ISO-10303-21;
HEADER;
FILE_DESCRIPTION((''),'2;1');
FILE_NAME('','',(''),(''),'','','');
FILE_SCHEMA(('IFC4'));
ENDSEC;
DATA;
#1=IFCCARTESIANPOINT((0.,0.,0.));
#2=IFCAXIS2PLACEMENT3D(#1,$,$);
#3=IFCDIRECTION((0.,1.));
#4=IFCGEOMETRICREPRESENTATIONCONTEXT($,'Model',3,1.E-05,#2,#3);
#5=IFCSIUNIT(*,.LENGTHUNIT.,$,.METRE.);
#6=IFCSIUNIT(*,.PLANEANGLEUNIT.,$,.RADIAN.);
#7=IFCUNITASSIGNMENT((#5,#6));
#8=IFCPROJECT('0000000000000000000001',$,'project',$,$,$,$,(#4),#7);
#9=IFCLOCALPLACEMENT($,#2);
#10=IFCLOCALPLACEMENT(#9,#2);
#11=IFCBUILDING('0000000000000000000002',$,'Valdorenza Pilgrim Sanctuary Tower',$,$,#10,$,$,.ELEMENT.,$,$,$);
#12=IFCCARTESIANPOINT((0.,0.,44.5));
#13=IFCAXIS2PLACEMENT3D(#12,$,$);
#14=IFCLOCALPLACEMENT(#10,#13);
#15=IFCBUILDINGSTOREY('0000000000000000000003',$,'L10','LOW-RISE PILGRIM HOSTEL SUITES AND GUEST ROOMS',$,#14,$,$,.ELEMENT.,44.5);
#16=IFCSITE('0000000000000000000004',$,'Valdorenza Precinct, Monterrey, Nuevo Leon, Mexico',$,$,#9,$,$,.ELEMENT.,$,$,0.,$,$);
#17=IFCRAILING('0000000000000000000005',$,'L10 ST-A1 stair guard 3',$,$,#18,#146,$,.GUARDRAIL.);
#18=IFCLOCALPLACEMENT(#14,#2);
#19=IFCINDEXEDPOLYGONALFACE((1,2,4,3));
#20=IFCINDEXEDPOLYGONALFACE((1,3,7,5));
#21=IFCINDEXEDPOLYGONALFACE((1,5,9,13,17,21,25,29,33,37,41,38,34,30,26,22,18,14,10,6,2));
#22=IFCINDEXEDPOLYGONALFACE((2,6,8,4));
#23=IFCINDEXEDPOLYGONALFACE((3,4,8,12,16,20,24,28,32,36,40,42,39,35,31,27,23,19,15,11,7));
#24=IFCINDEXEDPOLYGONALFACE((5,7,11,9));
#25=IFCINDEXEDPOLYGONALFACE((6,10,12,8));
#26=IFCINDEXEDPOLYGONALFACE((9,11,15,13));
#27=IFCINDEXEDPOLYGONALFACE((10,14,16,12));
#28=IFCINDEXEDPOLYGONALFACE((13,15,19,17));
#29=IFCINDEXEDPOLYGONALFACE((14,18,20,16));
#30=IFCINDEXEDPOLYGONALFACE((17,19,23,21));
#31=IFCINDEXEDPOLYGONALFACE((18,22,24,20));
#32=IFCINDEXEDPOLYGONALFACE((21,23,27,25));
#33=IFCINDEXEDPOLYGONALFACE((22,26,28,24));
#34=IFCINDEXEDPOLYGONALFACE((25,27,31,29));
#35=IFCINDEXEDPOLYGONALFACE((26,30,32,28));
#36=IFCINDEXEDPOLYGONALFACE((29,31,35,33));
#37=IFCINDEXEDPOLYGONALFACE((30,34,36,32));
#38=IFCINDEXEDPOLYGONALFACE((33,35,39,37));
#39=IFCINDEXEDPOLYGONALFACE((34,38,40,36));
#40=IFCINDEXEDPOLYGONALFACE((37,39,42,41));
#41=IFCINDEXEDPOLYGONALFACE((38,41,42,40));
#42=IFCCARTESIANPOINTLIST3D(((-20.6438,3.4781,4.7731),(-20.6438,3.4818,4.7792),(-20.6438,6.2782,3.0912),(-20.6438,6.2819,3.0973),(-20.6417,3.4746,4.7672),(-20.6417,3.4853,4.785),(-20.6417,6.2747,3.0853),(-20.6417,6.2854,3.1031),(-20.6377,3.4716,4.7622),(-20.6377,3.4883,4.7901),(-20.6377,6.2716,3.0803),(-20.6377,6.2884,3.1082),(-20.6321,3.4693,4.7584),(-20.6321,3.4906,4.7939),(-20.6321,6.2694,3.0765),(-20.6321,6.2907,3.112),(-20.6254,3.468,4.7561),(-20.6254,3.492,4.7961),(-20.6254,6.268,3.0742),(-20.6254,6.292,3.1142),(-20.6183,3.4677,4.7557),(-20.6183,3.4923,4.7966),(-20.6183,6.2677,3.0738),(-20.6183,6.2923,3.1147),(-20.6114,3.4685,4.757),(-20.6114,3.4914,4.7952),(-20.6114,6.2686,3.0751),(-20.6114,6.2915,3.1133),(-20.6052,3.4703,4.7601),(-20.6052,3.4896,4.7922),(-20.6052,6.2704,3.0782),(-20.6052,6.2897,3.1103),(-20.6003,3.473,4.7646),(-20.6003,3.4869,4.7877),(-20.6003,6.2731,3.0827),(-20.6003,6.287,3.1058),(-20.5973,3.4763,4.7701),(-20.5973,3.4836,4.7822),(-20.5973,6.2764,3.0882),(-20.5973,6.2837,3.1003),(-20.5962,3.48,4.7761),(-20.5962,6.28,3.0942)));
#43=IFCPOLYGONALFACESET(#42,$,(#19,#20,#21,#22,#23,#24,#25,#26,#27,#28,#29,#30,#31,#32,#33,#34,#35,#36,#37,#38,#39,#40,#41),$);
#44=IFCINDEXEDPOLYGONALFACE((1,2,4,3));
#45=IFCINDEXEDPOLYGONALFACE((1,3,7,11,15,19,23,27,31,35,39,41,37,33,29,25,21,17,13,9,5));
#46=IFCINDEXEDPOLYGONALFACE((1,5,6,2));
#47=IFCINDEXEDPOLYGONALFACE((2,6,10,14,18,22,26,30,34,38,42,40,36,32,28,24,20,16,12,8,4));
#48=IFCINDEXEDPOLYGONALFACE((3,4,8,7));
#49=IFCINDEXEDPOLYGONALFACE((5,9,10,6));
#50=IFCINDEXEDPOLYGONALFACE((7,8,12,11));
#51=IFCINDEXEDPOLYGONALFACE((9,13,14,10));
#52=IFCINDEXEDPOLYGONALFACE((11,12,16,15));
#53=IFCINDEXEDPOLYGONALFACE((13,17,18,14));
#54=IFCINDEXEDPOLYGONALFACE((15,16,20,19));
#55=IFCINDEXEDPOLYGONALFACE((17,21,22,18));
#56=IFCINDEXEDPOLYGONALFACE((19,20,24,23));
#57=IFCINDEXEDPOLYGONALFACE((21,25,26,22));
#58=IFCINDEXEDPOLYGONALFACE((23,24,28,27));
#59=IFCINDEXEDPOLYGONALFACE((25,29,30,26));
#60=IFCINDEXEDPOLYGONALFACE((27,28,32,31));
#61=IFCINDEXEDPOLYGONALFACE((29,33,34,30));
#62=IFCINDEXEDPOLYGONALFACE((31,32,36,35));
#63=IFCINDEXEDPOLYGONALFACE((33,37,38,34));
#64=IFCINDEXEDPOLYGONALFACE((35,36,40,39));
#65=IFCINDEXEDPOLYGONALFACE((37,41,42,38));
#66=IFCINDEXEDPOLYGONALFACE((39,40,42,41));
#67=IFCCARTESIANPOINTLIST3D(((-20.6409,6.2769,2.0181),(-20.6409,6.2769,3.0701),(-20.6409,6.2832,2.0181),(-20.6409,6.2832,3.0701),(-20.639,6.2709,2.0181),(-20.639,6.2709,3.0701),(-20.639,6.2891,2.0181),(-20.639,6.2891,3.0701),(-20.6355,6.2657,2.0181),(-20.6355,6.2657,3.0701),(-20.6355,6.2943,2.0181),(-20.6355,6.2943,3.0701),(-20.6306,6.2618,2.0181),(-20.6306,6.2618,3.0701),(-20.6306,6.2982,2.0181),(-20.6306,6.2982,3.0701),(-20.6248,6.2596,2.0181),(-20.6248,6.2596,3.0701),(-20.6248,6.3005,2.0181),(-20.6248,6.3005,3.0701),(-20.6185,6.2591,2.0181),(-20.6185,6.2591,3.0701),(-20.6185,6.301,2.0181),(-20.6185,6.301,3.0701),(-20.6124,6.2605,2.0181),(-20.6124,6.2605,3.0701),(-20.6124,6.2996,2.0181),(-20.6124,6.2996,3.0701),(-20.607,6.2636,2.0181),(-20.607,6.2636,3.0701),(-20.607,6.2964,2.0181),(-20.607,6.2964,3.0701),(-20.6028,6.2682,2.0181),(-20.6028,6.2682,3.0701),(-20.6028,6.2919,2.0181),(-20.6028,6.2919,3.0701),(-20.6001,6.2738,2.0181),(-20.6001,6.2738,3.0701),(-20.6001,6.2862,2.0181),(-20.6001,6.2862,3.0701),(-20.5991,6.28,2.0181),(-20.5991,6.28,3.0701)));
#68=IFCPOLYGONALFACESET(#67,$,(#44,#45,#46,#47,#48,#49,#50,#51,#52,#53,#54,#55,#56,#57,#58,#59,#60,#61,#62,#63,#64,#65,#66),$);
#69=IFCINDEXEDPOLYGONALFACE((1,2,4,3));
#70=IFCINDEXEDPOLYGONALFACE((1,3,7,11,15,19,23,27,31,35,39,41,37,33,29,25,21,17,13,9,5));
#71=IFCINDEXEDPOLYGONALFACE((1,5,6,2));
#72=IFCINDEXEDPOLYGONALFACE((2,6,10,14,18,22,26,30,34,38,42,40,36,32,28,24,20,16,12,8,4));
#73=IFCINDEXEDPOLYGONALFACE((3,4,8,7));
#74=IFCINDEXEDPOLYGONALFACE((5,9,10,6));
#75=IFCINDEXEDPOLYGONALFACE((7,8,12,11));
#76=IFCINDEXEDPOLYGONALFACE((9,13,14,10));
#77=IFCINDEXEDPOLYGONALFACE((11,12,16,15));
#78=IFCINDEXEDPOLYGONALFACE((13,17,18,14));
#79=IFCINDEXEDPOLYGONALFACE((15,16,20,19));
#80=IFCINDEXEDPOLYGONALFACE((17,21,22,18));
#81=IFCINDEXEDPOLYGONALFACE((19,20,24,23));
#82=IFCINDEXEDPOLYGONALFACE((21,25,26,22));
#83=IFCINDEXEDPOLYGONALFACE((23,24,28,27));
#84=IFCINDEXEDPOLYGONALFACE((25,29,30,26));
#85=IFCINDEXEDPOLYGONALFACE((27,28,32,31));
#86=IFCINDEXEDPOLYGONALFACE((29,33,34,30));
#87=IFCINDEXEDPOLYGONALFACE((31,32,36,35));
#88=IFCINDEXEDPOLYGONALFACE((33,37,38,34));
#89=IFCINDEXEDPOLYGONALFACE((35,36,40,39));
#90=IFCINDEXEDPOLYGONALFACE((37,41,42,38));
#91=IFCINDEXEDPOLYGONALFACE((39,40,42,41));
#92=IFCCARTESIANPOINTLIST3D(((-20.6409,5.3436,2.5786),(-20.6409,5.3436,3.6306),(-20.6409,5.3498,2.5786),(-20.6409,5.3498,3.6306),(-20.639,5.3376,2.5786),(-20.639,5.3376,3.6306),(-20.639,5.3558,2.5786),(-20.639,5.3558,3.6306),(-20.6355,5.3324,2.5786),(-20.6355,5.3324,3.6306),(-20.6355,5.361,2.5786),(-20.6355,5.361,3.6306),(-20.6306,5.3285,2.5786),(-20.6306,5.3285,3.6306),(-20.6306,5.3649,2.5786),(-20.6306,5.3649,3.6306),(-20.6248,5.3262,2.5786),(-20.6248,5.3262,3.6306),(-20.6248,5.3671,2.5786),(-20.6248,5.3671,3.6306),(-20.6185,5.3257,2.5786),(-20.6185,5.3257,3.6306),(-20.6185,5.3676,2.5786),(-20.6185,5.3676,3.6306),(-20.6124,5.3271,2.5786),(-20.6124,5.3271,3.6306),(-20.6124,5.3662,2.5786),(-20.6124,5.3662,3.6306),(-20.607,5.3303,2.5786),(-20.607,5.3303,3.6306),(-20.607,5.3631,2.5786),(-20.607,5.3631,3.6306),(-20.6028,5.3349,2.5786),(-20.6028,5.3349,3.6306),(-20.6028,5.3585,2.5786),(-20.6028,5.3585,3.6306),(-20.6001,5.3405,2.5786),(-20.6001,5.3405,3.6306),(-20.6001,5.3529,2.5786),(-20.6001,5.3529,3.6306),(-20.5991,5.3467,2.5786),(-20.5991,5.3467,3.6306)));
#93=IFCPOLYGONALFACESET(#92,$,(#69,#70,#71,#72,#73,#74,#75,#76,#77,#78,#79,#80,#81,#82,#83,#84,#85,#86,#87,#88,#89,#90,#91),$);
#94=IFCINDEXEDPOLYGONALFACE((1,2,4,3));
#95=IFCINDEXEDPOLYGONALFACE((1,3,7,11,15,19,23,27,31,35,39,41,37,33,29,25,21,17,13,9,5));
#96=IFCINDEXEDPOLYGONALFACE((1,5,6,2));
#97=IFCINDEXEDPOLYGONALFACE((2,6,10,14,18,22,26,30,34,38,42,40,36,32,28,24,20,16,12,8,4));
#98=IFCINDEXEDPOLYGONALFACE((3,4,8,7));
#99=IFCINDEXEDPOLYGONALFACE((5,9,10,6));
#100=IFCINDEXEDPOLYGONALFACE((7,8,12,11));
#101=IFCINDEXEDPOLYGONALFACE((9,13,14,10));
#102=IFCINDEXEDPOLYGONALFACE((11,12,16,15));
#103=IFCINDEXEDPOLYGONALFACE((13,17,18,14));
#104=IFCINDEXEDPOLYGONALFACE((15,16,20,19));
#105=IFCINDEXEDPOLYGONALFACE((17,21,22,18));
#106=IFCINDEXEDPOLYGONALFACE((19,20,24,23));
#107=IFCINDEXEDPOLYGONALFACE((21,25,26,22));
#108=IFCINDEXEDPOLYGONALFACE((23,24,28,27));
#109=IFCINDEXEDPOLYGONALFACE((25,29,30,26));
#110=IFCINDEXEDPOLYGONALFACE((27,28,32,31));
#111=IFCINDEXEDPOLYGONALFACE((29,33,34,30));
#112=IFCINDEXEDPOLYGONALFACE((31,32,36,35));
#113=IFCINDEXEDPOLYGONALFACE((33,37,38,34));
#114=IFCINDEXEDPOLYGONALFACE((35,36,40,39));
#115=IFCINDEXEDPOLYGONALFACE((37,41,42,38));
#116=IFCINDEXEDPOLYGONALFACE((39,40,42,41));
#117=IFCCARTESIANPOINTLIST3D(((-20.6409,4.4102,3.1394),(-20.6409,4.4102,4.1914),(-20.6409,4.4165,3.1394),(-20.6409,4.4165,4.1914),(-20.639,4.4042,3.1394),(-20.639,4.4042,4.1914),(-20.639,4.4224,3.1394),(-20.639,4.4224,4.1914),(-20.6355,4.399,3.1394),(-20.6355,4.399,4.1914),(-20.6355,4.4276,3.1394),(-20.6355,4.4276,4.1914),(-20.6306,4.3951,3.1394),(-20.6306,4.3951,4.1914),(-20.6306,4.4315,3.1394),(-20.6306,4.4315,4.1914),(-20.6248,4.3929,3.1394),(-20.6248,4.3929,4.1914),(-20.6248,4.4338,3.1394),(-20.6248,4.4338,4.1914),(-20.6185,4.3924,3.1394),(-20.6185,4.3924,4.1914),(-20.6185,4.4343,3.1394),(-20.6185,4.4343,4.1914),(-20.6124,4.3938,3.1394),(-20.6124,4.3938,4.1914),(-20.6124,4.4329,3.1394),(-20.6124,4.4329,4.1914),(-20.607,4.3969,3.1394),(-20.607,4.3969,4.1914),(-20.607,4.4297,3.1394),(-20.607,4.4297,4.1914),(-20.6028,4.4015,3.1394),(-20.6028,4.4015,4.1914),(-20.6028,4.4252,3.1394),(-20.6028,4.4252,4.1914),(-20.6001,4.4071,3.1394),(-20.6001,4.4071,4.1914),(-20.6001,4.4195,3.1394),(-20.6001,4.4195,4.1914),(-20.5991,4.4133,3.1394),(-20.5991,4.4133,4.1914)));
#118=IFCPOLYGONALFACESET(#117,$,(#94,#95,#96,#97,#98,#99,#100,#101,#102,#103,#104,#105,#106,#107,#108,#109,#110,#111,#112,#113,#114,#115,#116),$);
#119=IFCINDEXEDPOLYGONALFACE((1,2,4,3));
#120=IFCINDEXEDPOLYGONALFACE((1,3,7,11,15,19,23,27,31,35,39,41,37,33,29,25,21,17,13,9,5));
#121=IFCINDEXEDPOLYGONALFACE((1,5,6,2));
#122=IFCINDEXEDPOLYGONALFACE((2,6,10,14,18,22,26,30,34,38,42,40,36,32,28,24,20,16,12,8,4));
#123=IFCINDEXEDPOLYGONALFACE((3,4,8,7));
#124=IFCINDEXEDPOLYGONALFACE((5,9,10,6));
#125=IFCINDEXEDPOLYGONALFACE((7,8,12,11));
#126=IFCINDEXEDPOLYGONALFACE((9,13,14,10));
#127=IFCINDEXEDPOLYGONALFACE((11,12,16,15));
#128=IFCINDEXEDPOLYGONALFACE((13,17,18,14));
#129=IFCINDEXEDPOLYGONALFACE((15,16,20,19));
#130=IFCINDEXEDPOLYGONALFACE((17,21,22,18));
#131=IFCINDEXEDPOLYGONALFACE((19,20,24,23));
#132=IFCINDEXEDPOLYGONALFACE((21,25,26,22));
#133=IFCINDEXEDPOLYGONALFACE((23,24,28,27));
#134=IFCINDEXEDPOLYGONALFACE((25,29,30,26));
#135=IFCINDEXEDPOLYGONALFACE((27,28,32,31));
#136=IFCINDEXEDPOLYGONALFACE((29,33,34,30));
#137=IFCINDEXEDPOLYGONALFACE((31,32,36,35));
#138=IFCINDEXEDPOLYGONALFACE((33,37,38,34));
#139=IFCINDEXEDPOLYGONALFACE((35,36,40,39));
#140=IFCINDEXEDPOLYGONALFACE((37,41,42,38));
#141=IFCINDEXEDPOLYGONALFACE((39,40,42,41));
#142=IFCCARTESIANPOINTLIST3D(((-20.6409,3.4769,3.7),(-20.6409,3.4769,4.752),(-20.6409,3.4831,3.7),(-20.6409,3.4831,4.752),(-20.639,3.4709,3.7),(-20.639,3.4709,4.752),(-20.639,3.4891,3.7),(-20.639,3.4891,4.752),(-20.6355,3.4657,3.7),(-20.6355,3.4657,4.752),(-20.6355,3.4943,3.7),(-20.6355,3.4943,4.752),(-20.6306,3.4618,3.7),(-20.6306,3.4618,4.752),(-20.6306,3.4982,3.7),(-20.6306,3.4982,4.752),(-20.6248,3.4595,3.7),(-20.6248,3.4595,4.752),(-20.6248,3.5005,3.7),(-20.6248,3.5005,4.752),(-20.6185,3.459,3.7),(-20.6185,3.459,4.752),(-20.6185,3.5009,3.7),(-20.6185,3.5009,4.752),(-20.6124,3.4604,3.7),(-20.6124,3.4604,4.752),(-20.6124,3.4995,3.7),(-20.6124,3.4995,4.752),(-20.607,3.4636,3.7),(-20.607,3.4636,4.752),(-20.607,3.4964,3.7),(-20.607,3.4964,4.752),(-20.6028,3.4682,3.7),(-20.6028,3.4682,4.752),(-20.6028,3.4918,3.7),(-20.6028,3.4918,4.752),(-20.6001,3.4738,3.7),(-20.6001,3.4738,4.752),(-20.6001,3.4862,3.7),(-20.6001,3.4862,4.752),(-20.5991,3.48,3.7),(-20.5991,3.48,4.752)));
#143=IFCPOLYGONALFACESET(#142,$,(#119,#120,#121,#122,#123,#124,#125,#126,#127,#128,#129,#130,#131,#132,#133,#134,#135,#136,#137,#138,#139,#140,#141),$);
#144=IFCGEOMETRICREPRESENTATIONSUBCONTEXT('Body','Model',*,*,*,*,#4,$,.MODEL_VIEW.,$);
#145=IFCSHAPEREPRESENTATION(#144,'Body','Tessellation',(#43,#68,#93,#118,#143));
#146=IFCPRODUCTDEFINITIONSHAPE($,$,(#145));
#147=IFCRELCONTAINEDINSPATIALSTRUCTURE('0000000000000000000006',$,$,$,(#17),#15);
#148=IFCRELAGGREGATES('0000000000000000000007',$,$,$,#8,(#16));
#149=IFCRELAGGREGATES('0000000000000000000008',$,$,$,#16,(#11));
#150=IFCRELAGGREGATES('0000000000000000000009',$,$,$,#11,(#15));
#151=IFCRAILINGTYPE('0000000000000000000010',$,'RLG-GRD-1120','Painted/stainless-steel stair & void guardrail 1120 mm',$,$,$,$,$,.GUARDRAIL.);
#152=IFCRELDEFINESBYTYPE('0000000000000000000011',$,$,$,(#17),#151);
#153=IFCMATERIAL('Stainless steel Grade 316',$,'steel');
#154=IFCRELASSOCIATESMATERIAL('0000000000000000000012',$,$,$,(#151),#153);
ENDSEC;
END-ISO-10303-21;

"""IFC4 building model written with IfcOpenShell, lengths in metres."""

from ifc_helpers import new_model, si_unit, direction, frame, origin, origin_2d, place, context, subcontext, project, spatial, circle, extrude, material, type_object, element, save


model = new_model("IFC4")

# Units and contexts
model_context = context("Model", 3, precision=1e-05, world=origin(), true_north=direction((0.0, 1.0)))
body_context = subcontext(model_context, "Body", "Model", "MODEL_VIEW")
ifc_project = project(units=[si_unit("LENGTHUNIT", "METRE"), si_unit("PLANEANGLEUNIT", "RADIAN")], contexts=[model_context])

# Site, building, storey
site_placement = place(None, origin())
site = spatial("IfcSite", under=ifc_project, at=site_placement, Name="Valdorenza Precinct, Monterrey, Nuevo Leon, Mexico", CompositionType="ELEMENT", RefElevation=0.0)
building_placement = place(site_placement, origin())
building = spatial("IfcBuilding", under=site, at=building_placement, Name="Valdorenza Pilgrim Sanctuary Tower", CompositionType="ELEMENT")
storey_placement = place(building_placement, frame((0.0, 0.0, 44.5)))
storey = spatial("IfcBuildingStorey", under=building, at=storey_placement, Name="L10", Description="LOW-RISE PILGRIM HOSTEL SUITES AND GUEST ROOMS", CompositionType="ELEMENT", Elevation=44.5)

# Railing
ifc_material_1 = material(Name="Stainless steel Grade 316", Category="steel")
railing_type_1 = type_object("IfcRailingType", Name="RLG-GRD-1120", Description="Painted/stainless-steel stair & void guardrail 1120 mm", PredefinedType="GUARDRAIL", material=ifc_material_1)
railing_1_placement = place(storey_placement, frame((-20.6201, 6.28, 2.0181)))
element("IfcRailing", 1, at=railing_1_placement, inside=storey, type_object=railing_type_1, Name="L10 ST-A1 stair guard 3", PredefinedType="GUARDRAIL", context=body_context, shape_type="SweptSolid", body=[
    extrude(circle(Radius=0.0239, at=origin_2d()), frame((0.0, 0.0, 1.0762), z_axis=(0.0, -0.857242, 0.514913), x_axis=(1.0, 0.0, 0.0)), (0.0, 0.0, 1.0), 3.2664),
    extrude(circle(Radius=0.021, at=origin_2d()), origin(), (0.0, 0.0, 1.0), 1.052),
    extrude(circle(Radius=0.021, at=origin_2d()), frame((0.0, -0.9333, 0.5605)), (0.0, 0.0, 1.0), 1.052),
    extrude(circle(Radius=0.021, at=origin_2d()), frame((0.0, -1.8667, 1.1213)), (0.0, 0.0, 1.0), 1.052),
    extrude(circle(Radius=0.021, at=origin_2d()), frame((0.0, -2.8, 1.6819)), (0.0, 0.0, 1.0), 1.052),
])

save(model, "model.ifc")
